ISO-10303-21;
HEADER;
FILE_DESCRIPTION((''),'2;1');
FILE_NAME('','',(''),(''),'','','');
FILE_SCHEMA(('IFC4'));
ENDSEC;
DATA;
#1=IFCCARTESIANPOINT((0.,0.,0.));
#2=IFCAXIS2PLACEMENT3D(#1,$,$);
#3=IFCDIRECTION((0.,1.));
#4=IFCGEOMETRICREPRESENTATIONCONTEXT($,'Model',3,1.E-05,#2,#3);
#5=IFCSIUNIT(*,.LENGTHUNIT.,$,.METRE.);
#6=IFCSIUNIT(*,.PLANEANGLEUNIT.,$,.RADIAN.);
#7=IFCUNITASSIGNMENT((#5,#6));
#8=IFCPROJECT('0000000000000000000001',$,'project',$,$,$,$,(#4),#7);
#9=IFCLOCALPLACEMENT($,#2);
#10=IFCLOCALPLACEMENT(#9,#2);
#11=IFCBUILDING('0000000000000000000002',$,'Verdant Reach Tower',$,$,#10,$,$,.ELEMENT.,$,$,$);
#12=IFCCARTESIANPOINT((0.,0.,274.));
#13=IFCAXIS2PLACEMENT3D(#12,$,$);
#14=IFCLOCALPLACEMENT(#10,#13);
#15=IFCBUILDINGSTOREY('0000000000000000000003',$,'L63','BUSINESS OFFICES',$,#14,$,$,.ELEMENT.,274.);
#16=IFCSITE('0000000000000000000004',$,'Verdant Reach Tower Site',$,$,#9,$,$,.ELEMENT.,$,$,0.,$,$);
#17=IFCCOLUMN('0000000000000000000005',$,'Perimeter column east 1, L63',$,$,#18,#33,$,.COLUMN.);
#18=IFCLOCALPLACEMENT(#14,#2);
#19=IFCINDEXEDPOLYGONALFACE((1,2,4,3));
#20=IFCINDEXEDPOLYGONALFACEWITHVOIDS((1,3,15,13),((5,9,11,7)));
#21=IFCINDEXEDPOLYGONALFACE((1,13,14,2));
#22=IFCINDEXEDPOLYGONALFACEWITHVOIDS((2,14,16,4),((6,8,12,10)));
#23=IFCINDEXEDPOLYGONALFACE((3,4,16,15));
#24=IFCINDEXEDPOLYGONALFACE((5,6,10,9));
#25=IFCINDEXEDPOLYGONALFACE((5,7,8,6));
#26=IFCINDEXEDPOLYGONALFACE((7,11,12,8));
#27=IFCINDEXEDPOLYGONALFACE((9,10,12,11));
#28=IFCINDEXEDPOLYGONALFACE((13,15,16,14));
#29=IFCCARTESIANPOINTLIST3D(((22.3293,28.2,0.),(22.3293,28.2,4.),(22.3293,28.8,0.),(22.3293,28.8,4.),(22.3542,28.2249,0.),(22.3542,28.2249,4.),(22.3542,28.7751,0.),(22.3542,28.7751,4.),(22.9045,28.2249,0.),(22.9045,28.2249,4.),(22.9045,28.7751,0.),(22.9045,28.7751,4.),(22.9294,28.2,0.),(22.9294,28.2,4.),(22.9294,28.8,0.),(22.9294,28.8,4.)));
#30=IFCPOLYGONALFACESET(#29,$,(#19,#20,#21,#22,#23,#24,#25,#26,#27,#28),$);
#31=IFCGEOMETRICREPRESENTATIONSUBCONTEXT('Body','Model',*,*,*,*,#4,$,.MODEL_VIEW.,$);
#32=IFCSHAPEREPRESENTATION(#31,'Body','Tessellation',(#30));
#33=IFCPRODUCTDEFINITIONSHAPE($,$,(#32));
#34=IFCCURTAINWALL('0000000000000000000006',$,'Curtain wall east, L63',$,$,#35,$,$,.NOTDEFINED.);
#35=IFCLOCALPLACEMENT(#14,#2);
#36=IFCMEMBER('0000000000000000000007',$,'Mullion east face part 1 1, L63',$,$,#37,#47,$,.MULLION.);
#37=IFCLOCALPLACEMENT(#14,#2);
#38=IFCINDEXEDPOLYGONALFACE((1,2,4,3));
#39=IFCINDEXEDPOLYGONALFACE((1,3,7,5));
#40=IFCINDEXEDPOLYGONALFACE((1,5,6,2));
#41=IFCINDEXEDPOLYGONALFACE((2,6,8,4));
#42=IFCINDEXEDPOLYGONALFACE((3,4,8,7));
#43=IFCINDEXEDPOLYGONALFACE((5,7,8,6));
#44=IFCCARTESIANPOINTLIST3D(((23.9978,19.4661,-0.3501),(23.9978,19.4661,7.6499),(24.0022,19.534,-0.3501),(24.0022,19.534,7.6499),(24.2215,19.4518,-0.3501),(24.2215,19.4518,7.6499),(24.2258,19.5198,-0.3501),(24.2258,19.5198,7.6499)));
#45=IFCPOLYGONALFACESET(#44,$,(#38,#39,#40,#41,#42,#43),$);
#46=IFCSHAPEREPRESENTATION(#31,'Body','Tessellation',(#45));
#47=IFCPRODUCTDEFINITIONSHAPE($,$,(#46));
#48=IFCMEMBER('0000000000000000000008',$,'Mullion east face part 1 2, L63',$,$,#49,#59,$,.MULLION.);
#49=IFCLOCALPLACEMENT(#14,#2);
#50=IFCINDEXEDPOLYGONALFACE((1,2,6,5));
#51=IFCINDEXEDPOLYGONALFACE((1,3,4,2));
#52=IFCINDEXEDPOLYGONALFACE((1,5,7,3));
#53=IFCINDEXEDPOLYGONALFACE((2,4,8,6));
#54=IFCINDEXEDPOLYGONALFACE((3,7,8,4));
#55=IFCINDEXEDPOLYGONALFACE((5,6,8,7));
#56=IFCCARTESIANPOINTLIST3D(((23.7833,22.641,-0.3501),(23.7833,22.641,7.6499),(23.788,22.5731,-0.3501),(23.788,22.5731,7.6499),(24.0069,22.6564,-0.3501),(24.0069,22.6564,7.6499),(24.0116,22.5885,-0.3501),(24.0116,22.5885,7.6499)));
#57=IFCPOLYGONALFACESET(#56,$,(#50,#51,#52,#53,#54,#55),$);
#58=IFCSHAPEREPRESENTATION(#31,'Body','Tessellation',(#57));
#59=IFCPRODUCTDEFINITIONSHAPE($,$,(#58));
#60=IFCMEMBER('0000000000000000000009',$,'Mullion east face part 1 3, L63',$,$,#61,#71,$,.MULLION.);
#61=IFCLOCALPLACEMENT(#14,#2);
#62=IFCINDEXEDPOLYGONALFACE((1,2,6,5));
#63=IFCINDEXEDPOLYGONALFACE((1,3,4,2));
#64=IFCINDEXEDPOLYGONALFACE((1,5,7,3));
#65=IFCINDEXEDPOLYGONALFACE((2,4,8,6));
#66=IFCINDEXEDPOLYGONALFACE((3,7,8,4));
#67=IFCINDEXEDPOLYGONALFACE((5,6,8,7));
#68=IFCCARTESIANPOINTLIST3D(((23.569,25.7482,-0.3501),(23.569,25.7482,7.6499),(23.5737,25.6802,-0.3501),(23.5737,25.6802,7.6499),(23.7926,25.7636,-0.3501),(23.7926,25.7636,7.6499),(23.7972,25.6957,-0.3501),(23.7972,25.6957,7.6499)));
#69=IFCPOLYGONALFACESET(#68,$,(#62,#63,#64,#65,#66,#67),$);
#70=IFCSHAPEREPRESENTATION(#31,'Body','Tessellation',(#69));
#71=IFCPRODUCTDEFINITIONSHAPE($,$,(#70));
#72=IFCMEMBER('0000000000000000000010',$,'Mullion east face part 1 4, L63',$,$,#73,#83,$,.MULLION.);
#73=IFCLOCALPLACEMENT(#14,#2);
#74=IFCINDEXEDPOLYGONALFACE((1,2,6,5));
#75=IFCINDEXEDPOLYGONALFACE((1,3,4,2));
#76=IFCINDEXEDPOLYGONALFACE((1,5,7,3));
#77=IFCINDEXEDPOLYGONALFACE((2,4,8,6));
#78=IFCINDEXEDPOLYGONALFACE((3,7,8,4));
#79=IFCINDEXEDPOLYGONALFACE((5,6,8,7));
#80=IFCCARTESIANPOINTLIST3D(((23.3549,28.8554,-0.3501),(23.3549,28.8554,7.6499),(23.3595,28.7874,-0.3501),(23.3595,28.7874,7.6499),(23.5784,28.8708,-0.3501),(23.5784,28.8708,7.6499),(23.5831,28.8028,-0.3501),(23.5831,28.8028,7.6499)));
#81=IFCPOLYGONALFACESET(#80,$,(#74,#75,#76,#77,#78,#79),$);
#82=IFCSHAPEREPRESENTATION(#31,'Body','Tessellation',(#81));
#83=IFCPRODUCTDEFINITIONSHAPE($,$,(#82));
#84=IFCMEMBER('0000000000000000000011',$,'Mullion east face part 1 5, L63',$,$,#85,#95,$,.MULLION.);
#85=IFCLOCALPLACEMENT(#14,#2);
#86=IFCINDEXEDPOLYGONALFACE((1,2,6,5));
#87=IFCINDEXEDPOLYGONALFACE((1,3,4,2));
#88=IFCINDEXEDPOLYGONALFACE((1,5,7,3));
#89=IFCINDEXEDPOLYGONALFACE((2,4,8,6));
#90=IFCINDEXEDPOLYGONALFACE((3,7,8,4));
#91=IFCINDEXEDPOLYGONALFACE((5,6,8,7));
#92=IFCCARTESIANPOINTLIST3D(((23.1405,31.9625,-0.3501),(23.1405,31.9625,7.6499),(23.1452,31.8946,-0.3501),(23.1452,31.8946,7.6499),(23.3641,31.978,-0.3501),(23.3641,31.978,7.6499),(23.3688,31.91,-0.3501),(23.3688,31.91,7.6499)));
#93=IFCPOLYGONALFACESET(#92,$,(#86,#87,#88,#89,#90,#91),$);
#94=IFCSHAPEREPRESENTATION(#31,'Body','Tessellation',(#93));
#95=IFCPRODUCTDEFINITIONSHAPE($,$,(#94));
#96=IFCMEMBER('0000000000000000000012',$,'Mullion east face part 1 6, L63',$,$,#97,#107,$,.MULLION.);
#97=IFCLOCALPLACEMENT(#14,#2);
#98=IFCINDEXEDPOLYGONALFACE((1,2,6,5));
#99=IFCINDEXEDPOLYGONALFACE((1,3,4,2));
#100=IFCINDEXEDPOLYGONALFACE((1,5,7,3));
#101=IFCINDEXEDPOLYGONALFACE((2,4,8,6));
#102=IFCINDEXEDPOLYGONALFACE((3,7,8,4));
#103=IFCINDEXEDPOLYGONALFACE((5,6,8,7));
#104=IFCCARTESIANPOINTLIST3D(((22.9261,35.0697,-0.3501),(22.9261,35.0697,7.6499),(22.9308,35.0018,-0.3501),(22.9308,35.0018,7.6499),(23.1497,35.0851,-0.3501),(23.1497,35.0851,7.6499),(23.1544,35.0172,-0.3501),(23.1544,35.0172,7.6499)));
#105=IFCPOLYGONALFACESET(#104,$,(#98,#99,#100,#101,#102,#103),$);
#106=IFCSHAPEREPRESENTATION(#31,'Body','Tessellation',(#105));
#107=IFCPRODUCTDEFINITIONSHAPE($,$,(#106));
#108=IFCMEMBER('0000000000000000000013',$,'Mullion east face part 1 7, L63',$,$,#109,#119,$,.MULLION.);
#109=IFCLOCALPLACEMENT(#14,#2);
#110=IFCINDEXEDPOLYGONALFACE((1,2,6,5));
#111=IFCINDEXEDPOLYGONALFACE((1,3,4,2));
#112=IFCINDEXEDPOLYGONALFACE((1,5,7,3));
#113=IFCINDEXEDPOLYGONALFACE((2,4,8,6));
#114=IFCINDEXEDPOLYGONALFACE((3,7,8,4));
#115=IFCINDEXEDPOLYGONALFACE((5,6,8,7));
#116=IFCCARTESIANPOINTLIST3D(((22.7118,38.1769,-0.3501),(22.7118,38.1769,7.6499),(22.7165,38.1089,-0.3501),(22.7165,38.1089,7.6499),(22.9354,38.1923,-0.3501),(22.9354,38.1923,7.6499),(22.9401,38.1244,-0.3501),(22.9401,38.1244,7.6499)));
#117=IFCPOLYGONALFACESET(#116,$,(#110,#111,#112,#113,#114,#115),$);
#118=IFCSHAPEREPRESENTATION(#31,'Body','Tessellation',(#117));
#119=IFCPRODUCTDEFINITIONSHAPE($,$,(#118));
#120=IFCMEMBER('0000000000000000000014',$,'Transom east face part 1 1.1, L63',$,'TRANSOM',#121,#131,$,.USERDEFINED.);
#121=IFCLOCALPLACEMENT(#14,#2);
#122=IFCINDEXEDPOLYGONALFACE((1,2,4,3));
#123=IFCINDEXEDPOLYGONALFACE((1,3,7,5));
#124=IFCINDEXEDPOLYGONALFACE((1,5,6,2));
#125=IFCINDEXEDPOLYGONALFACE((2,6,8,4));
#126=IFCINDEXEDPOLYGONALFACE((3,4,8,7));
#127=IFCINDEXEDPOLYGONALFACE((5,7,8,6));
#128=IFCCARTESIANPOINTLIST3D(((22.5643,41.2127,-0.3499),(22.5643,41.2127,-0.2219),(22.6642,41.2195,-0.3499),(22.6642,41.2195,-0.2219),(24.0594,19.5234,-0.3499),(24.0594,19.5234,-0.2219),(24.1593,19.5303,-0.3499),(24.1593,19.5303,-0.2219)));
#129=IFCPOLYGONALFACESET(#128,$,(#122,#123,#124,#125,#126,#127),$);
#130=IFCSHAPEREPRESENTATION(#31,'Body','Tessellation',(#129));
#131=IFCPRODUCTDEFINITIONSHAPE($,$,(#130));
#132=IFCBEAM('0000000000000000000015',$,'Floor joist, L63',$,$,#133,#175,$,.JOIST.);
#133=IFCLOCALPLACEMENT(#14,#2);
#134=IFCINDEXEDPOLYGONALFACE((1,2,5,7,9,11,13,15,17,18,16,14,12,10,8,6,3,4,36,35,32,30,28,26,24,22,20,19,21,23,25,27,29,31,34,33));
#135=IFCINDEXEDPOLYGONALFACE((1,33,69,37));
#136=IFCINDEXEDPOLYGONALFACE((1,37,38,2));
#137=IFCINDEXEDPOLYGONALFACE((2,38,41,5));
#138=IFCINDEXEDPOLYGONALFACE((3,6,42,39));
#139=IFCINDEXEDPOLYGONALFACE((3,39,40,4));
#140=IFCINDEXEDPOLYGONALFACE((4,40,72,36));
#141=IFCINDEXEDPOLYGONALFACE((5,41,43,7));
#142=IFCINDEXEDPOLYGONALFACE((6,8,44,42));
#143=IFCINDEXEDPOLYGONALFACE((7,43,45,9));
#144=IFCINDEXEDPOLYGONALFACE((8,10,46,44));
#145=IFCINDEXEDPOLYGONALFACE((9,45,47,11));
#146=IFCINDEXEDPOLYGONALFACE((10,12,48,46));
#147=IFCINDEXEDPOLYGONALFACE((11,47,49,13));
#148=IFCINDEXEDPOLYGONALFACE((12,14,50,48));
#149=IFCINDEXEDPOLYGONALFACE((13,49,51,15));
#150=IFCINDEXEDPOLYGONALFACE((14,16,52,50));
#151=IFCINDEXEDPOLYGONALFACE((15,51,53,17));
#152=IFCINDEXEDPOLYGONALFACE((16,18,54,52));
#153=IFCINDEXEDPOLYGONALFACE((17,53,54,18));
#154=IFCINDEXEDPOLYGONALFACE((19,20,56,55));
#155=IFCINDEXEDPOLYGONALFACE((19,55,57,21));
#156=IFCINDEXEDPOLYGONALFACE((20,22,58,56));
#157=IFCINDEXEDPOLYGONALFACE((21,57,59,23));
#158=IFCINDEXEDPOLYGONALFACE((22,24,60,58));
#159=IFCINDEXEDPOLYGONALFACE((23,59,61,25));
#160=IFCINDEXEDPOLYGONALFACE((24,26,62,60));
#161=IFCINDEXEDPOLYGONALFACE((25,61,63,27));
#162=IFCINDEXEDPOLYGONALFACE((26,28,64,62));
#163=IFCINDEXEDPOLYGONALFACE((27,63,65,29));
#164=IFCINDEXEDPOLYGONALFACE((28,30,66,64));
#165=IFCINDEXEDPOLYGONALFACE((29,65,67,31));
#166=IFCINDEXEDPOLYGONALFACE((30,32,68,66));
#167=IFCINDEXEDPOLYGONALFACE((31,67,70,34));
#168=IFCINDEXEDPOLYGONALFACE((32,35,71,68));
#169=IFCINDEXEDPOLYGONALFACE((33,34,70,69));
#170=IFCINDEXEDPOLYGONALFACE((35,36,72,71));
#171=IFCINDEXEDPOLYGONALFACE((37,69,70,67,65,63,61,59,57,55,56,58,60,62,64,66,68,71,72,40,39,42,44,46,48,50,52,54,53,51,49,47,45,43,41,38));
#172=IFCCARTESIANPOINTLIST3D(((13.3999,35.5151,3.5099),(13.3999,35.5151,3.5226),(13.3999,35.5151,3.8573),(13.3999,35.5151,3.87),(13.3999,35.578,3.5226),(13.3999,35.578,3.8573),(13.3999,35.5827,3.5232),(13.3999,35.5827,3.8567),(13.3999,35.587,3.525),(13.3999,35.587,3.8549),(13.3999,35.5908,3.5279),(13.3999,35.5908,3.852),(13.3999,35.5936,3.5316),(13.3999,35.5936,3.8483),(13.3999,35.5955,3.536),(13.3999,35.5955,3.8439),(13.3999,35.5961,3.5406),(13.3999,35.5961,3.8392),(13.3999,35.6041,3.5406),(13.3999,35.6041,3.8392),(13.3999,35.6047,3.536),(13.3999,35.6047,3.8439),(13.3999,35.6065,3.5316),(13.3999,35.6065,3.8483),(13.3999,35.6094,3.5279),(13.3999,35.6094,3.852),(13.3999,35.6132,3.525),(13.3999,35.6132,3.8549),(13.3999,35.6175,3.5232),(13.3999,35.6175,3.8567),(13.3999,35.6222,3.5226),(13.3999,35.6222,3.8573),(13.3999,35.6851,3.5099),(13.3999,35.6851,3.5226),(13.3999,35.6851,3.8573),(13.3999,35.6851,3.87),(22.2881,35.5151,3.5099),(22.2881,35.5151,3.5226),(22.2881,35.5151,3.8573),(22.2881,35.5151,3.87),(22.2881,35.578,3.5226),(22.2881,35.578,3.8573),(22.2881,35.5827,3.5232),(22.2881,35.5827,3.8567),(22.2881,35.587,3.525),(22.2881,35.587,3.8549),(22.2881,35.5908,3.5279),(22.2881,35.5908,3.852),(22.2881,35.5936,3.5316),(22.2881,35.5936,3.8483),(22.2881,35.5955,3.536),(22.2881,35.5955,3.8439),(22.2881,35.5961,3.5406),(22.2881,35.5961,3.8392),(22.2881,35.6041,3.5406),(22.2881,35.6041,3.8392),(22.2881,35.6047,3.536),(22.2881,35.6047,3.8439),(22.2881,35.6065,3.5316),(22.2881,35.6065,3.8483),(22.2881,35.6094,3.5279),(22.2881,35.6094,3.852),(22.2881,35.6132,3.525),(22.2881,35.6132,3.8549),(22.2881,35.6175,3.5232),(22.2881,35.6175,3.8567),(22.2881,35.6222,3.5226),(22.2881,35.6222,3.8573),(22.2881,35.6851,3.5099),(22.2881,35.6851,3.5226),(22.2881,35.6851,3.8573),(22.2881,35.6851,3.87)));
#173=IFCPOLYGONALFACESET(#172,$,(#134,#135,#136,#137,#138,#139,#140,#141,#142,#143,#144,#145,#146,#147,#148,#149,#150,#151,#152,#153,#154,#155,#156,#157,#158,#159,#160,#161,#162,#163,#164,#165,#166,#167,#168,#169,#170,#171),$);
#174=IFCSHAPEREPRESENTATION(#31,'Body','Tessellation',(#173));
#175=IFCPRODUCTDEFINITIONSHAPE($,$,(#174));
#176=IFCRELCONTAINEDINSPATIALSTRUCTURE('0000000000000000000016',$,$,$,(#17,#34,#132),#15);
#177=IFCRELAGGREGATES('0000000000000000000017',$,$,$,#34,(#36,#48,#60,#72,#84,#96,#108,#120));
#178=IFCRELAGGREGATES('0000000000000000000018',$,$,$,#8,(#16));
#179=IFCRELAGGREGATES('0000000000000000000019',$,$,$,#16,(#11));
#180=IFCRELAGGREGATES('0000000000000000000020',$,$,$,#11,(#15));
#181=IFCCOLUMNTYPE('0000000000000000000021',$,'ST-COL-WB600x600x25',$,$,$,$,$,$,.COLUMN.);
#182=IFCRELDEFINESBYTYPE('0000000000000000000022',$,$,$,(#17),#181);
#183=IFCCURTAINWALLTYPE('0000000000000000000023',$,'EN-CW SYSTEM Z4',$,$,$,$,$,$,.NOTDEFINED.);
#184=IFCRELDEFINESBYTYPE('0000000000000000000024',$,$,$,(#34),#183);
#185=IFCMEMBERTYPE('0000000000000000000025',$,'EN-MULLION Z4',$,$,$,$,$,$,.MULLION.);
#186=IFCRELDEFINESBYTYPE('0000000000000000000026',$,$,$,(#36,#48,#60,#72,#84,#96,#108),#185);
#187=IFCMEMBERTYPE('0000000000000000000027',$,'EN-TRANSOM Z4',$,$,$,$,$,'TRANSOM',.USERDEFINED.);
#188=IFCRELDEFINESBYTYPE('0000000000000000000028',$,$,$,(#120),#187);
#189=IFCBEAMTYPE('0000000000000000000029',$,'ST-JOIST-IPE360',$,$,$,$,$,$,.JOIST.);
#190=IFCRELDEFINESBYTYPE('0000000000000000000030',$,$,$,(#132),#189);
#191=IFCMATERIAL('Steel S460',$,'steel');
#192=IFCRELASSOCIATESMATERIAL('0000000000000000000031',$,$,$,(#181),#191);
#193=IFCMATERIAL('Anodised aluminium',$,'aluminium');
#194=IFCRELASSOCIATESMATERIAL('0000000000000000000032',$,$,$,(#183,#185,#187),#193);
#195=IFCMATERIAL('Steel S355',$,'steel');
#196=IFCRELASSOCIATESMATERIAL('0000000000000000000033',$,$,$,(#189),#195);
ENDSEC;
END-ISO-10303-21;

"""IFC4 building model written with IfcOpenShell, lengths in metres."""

from ifc_helpers import new_model, si_unit, direction, frame, origin, origin_2d, place, context, subcontext, project, spatial, rectangle, hollow_rectangle, i_section, extrude, material, material_profile, profile_set, type_object, element, aggregate, save


model = new_model("IFC4")

# Units and contexts
model_context = context("Model", 3, precision=1e-05, world=origin(), true_north=direction((0.0, 1.0)))
body_context = subcontext(model_context, "Body", "Model", "MODEL_VIEW")
ifc_project = project(units=[si_unit("LENGTHUNIT", "METRE"), si_unit("PLANEANGLEUNIT", "RADIAN")], contexts=[model_context])

# Site, building, storey
site_placement = place(None, origin())
site = spatial("IfcSite", under=ifc_project, at=site_placement, Name="Verdant Reach Tower Site", CompositionType="ELEMENT", RefElevation=0.0)
building_placement = place(site_placement, origin())
building = spatial("IfcBuilding", under=site, at=building_placement, Name="Verdant Reach Tower", CompositionType="ELEMENT")
storey_placement = place(building_placement, frame((0.0, 0.0, 274.0)))
storey = spatial("IfcBuildingStorey", under=building, at=storey_placement, Name="L63", Description="BUSINESS OFFICES", CompositionType="ELEMENT", Elevation=274.0)

# Column
ifc_material_1 = material(Name="Steel S460", Category="steel")
ifc_material_profile_1 = material_profile(ifc_material_1, hollow_rectangle(XDim=0.6001, YDim=0.6001, WallThickness=0.0249, at=origin_2d()), Name="WB 600x600x25")
ifc_profile_set_1 = profile_set([ifc_material_profile_1], Name="Steel S460")
column_type = type_object("IfcColumnType", Name="ST-COL-WB600x600x25", PredefinedType="COLUMN", material=ifc_profile_set_1)
column_placement = place(storey_placement, frame((22.6294, 28.5, 0.0), z_axis=(0.0, 0.0, 1.0), x_axis=(1.0, 0.0, 0.0)))
element("IfcColumn", 1, at=column_placement, inside=storey, type_object=column_type, Name="Perimeter column east 1, L63", PredefinedType="COLUMN", context=body_context, shape_type="SweptSolid", body=[
    extrude(hollow_rectangle(XDim=0.6001, YDim=0.6001, WallThickness=0.0249, at=origin_2d()), origin(), (0.0, 0.0, 1.0), 4.0),
])

# Curtain wall, members
ifc_material_2 = material(Name="Anodised aluminium", Category="aluminium")
curtain_wall_type = type_object("IfcCurtainWallType", Name="EN-CW SYSTEM Z4", PredefinedType="NOTDEFINED", material=ifc_material_2)
curtain_wall_placement = place(storey_placement, origin())
curtain_wall = element("IfcCurtainWall", 2, at=curtain_wall_placement, inside=storey, type_object=curtain_wall_type, Name="Curtain wall east, L63", PredefinedType="NOTDEFINED")
ifc_material_profile_2 = material_profile(ifc_material_2, rectangle(XDim=0.2241, YDim=0.0681, at=origin_2d()), Name="Mullion 68x224")
ifc_profile_set_2 = profile_set([ifc_material_profile_2], Name="Anodised aluminium")
member_type_1 = type_object("IfcMemberType", Name="EN-MULLION Z4", PredefinedType="MULLION", material=ifc_profile_set_2)
member_1_placement = place(storey_placement, frame((24.1118, 19.4929, -0.3501), z_axis=(0.0, 0.0, 1.0), x_axis=(0.997969, -0.063699, 0.0)))
member_1 = element("IfcMember", 3, at=member_1_placement, type_object=member_type_1, Name="Mullion east face part 1 1, L63", PredefinedType="MULLION", context=body_context, shape_type="SweptSolid", body=[
    extrude(rectangle(XDim=0.2241, YDim=0.0681, at=origin_2d()), origin(), (0.0, 0.0, 1.0), 8.0),
])
member_2_placement = place(storey_placement, frame((23.8975, 22.6147, -0.3501), z_axis=(0.0, 0.0, 1.0), x_axis=(0.99763, 0.068802, 0.0)))
member_2 = element("IfcMember", 4, at=member_2_placement, type_object=member_type_1, Name="Mullion east face part 1 2, L63", PredefinedType="MULLION", context=body_context, shape_type="SweptSolid", body=[
    extrude(rectangle(XDim=0.2241, YDim=0.0681, at=origin_2d()), origin(), (0.0, 0.0, 1.0), 8.0),
])
member_3_placement = place(storey_placement, frame((23.6831, 25.7219, -0.3501), z_axis=(0.0, 0.0, 1.0), x_axis=(0.99763, 0.068802, 0.0)))
member_3 = element("IfcMember", 5, at=member_3_placement, type_object=member_type_1, Name="Mullion east face part 1 3, L63", PredefinedType="MULLION", context=body_context, shape_type="SweptSolid", body=[
    extrude(rectangle(XDim=0.2241, YDim=0.0681, at=origin_2d()), origin(), (0.0, 0.0, 1.0), 8.0),
])
member_4_placement = place(storey_placement, frame((23.469, 28.8291, -0.3501), z_axis=(0.0, 0.0, 1.0), x_axis=(0.99763, 0.068802, 0.0)))
member_4 = element("IfcMember", 6, at=member_4_placement, type_object=member_type_1, Name="Mullion east face part 1 4, L63", PredefinedType="MULLION", context=body_context, shape_type="SweptSolid", body=[
    extrude(rectangle(XDim=0.2241, YDim=0.0681, at=origin_2d()), origin(), (0.0, 0.0, 1.0), 8.0),
])
member_5_placement = place(storey_placement, frame((23.2546, 31.9363, -0.3501), z_axis=(0.0, 0.0, 1.0), x_axis=(0.99763, 0.068802, 0.0)))
member_5 = element("IfcMember", 7, at=member_5_placement, type_object=member_type_1, Name="Mullion east face part 1 5, L63", PredefinedType="MULLION", context=body_context, shape_type="SweptSolid", body=[
    extrude(rectangle(XDim=0.2241, YDim=0.0681, at=origin_2d()), origin(), (0.0, 0.0, 1.0), 8.0),
])
member_6_placement = place(storey_placement, frame((23.0403, 35.0435, -0.3501), z_axis=(0.0, 0.0, 1.0), x_axis=(0.99763, 0.068802, 0.0)))
member_6 = element("IfcMember", 8, at=member_6_placement, type_object=member_type_1, Name="Mullion east face part 1 6, L63", PredefinedType="MULLION", context=body_context, shape_type="SweptSolid", body=[
    extrude(rectangle(XDim=0.2241, YDim=0.0681, at=origin_2d()), origin(), (0.0, 0.0, 1.0), 8.0),
])
member_7_placement = place(storey_placement, frame((22.8259, 38.1506, -0.3501), z_axis=(0.0, 0.0, 1.0), x_axis=(0.99763, 0.068802, 0.0)))
member_7 = element("IfcMember", 9, at=member_7_placement, type_object=member_type_1, Name="Mullion east face part 1 7, L63", PredefinedType="MULLION", context=body_context, shape_type="SweptSolid", body=[
    extrude(rectangle(XDim=0.2241, YDim=0.0681, at=origin_2d()), origin(), (0.0, 0.0, 1.0), 8.0),
])
ifc_material_profile_3 = material_profile(ifc_material_2, rectangle(XDim=0.1001, YDim=0.1279, at=origin_2d()), Name="Transom 128x100")
ifc_profile_set_3 = profile_set([ifc_material_profile_3], Name="Anodised aluminium")
member_type_2 = type_object("IfcMemberType", Name="EN-TRANSOM Z4", ElementType="TRANSOM", PredefinedType="USERDEFINED", material=ifc_profile_set_3)
member_8_placement = place(storey_placement, frame((24.1094, 19.5269, -0.2859), z_axis=(-0.06877, 0.997633, 0.0), x_axis=(-0.997633, -0.06877, 0.0)))
member_8 = element("IfcMember", 10, at=member_8_placement, type_object=member_type_2, Name="Transom east face part 1 1.1, L63", ObjectType="TRANSOM", PredefinedType="USERDEFINED", context=body_context, shape_type="SweptSolid", body=[
    extrude(rectangle(XDim=0.1001, YDim=0.1279, at=origin_2d()), origin(), (0.0, 0.0, 1.0), 21.7407),
])

# Beam
ifc_material_3 = material(Name="Steel S355", Category="steel")
ifc_material_profile_4 = material_profile(ifc_material_3, i_section(OverallWidth=0.1699, OverallDepth=0.3601, WebThickness=0.0081, FlangeThickness=0.0127, FilletRadius=0.0181, at=origin_2d()), Name="IPE 360")
ifc_profile_set_4 = profile_set([ifc_material_profile_4], Name="Steel S355")
beam_type_1 = type_object("IfcBeamType", Name="ST-JOIST-IPE360", PredefinedType="JOIST", material=ifc_profile_set_4)
beam_1_placement = place(storey_placement, frame((13.3999, 35.6001, 3.6899), z_axis=(1.0, 0.0, 0.0), x_axis=(0.0, 1.0, 0.0)))
element("IfcBeam", 11, at=beam_1_placement, inside=storey, type_object=beam_type_1, Name="Floor joist, L63", PredefinedType="JOIST", context=body_context, shape_type="SweptSolid", body=[
    extrude(i_section(OverallWidth=0.1699, OverallDepth=0.3601, WebThickness=0.0081, FlangeThickness=0.0127, FilletRadius=0.0181, at=origin_2d()), origin(), (0.0, 0.0, 1.0), 8.8882),
])

aggregate(curtain_wall, [member_1, member_2, member_3, member_4, member_5, member_6, member_7, member_8])

save(model, "model.ifc")
